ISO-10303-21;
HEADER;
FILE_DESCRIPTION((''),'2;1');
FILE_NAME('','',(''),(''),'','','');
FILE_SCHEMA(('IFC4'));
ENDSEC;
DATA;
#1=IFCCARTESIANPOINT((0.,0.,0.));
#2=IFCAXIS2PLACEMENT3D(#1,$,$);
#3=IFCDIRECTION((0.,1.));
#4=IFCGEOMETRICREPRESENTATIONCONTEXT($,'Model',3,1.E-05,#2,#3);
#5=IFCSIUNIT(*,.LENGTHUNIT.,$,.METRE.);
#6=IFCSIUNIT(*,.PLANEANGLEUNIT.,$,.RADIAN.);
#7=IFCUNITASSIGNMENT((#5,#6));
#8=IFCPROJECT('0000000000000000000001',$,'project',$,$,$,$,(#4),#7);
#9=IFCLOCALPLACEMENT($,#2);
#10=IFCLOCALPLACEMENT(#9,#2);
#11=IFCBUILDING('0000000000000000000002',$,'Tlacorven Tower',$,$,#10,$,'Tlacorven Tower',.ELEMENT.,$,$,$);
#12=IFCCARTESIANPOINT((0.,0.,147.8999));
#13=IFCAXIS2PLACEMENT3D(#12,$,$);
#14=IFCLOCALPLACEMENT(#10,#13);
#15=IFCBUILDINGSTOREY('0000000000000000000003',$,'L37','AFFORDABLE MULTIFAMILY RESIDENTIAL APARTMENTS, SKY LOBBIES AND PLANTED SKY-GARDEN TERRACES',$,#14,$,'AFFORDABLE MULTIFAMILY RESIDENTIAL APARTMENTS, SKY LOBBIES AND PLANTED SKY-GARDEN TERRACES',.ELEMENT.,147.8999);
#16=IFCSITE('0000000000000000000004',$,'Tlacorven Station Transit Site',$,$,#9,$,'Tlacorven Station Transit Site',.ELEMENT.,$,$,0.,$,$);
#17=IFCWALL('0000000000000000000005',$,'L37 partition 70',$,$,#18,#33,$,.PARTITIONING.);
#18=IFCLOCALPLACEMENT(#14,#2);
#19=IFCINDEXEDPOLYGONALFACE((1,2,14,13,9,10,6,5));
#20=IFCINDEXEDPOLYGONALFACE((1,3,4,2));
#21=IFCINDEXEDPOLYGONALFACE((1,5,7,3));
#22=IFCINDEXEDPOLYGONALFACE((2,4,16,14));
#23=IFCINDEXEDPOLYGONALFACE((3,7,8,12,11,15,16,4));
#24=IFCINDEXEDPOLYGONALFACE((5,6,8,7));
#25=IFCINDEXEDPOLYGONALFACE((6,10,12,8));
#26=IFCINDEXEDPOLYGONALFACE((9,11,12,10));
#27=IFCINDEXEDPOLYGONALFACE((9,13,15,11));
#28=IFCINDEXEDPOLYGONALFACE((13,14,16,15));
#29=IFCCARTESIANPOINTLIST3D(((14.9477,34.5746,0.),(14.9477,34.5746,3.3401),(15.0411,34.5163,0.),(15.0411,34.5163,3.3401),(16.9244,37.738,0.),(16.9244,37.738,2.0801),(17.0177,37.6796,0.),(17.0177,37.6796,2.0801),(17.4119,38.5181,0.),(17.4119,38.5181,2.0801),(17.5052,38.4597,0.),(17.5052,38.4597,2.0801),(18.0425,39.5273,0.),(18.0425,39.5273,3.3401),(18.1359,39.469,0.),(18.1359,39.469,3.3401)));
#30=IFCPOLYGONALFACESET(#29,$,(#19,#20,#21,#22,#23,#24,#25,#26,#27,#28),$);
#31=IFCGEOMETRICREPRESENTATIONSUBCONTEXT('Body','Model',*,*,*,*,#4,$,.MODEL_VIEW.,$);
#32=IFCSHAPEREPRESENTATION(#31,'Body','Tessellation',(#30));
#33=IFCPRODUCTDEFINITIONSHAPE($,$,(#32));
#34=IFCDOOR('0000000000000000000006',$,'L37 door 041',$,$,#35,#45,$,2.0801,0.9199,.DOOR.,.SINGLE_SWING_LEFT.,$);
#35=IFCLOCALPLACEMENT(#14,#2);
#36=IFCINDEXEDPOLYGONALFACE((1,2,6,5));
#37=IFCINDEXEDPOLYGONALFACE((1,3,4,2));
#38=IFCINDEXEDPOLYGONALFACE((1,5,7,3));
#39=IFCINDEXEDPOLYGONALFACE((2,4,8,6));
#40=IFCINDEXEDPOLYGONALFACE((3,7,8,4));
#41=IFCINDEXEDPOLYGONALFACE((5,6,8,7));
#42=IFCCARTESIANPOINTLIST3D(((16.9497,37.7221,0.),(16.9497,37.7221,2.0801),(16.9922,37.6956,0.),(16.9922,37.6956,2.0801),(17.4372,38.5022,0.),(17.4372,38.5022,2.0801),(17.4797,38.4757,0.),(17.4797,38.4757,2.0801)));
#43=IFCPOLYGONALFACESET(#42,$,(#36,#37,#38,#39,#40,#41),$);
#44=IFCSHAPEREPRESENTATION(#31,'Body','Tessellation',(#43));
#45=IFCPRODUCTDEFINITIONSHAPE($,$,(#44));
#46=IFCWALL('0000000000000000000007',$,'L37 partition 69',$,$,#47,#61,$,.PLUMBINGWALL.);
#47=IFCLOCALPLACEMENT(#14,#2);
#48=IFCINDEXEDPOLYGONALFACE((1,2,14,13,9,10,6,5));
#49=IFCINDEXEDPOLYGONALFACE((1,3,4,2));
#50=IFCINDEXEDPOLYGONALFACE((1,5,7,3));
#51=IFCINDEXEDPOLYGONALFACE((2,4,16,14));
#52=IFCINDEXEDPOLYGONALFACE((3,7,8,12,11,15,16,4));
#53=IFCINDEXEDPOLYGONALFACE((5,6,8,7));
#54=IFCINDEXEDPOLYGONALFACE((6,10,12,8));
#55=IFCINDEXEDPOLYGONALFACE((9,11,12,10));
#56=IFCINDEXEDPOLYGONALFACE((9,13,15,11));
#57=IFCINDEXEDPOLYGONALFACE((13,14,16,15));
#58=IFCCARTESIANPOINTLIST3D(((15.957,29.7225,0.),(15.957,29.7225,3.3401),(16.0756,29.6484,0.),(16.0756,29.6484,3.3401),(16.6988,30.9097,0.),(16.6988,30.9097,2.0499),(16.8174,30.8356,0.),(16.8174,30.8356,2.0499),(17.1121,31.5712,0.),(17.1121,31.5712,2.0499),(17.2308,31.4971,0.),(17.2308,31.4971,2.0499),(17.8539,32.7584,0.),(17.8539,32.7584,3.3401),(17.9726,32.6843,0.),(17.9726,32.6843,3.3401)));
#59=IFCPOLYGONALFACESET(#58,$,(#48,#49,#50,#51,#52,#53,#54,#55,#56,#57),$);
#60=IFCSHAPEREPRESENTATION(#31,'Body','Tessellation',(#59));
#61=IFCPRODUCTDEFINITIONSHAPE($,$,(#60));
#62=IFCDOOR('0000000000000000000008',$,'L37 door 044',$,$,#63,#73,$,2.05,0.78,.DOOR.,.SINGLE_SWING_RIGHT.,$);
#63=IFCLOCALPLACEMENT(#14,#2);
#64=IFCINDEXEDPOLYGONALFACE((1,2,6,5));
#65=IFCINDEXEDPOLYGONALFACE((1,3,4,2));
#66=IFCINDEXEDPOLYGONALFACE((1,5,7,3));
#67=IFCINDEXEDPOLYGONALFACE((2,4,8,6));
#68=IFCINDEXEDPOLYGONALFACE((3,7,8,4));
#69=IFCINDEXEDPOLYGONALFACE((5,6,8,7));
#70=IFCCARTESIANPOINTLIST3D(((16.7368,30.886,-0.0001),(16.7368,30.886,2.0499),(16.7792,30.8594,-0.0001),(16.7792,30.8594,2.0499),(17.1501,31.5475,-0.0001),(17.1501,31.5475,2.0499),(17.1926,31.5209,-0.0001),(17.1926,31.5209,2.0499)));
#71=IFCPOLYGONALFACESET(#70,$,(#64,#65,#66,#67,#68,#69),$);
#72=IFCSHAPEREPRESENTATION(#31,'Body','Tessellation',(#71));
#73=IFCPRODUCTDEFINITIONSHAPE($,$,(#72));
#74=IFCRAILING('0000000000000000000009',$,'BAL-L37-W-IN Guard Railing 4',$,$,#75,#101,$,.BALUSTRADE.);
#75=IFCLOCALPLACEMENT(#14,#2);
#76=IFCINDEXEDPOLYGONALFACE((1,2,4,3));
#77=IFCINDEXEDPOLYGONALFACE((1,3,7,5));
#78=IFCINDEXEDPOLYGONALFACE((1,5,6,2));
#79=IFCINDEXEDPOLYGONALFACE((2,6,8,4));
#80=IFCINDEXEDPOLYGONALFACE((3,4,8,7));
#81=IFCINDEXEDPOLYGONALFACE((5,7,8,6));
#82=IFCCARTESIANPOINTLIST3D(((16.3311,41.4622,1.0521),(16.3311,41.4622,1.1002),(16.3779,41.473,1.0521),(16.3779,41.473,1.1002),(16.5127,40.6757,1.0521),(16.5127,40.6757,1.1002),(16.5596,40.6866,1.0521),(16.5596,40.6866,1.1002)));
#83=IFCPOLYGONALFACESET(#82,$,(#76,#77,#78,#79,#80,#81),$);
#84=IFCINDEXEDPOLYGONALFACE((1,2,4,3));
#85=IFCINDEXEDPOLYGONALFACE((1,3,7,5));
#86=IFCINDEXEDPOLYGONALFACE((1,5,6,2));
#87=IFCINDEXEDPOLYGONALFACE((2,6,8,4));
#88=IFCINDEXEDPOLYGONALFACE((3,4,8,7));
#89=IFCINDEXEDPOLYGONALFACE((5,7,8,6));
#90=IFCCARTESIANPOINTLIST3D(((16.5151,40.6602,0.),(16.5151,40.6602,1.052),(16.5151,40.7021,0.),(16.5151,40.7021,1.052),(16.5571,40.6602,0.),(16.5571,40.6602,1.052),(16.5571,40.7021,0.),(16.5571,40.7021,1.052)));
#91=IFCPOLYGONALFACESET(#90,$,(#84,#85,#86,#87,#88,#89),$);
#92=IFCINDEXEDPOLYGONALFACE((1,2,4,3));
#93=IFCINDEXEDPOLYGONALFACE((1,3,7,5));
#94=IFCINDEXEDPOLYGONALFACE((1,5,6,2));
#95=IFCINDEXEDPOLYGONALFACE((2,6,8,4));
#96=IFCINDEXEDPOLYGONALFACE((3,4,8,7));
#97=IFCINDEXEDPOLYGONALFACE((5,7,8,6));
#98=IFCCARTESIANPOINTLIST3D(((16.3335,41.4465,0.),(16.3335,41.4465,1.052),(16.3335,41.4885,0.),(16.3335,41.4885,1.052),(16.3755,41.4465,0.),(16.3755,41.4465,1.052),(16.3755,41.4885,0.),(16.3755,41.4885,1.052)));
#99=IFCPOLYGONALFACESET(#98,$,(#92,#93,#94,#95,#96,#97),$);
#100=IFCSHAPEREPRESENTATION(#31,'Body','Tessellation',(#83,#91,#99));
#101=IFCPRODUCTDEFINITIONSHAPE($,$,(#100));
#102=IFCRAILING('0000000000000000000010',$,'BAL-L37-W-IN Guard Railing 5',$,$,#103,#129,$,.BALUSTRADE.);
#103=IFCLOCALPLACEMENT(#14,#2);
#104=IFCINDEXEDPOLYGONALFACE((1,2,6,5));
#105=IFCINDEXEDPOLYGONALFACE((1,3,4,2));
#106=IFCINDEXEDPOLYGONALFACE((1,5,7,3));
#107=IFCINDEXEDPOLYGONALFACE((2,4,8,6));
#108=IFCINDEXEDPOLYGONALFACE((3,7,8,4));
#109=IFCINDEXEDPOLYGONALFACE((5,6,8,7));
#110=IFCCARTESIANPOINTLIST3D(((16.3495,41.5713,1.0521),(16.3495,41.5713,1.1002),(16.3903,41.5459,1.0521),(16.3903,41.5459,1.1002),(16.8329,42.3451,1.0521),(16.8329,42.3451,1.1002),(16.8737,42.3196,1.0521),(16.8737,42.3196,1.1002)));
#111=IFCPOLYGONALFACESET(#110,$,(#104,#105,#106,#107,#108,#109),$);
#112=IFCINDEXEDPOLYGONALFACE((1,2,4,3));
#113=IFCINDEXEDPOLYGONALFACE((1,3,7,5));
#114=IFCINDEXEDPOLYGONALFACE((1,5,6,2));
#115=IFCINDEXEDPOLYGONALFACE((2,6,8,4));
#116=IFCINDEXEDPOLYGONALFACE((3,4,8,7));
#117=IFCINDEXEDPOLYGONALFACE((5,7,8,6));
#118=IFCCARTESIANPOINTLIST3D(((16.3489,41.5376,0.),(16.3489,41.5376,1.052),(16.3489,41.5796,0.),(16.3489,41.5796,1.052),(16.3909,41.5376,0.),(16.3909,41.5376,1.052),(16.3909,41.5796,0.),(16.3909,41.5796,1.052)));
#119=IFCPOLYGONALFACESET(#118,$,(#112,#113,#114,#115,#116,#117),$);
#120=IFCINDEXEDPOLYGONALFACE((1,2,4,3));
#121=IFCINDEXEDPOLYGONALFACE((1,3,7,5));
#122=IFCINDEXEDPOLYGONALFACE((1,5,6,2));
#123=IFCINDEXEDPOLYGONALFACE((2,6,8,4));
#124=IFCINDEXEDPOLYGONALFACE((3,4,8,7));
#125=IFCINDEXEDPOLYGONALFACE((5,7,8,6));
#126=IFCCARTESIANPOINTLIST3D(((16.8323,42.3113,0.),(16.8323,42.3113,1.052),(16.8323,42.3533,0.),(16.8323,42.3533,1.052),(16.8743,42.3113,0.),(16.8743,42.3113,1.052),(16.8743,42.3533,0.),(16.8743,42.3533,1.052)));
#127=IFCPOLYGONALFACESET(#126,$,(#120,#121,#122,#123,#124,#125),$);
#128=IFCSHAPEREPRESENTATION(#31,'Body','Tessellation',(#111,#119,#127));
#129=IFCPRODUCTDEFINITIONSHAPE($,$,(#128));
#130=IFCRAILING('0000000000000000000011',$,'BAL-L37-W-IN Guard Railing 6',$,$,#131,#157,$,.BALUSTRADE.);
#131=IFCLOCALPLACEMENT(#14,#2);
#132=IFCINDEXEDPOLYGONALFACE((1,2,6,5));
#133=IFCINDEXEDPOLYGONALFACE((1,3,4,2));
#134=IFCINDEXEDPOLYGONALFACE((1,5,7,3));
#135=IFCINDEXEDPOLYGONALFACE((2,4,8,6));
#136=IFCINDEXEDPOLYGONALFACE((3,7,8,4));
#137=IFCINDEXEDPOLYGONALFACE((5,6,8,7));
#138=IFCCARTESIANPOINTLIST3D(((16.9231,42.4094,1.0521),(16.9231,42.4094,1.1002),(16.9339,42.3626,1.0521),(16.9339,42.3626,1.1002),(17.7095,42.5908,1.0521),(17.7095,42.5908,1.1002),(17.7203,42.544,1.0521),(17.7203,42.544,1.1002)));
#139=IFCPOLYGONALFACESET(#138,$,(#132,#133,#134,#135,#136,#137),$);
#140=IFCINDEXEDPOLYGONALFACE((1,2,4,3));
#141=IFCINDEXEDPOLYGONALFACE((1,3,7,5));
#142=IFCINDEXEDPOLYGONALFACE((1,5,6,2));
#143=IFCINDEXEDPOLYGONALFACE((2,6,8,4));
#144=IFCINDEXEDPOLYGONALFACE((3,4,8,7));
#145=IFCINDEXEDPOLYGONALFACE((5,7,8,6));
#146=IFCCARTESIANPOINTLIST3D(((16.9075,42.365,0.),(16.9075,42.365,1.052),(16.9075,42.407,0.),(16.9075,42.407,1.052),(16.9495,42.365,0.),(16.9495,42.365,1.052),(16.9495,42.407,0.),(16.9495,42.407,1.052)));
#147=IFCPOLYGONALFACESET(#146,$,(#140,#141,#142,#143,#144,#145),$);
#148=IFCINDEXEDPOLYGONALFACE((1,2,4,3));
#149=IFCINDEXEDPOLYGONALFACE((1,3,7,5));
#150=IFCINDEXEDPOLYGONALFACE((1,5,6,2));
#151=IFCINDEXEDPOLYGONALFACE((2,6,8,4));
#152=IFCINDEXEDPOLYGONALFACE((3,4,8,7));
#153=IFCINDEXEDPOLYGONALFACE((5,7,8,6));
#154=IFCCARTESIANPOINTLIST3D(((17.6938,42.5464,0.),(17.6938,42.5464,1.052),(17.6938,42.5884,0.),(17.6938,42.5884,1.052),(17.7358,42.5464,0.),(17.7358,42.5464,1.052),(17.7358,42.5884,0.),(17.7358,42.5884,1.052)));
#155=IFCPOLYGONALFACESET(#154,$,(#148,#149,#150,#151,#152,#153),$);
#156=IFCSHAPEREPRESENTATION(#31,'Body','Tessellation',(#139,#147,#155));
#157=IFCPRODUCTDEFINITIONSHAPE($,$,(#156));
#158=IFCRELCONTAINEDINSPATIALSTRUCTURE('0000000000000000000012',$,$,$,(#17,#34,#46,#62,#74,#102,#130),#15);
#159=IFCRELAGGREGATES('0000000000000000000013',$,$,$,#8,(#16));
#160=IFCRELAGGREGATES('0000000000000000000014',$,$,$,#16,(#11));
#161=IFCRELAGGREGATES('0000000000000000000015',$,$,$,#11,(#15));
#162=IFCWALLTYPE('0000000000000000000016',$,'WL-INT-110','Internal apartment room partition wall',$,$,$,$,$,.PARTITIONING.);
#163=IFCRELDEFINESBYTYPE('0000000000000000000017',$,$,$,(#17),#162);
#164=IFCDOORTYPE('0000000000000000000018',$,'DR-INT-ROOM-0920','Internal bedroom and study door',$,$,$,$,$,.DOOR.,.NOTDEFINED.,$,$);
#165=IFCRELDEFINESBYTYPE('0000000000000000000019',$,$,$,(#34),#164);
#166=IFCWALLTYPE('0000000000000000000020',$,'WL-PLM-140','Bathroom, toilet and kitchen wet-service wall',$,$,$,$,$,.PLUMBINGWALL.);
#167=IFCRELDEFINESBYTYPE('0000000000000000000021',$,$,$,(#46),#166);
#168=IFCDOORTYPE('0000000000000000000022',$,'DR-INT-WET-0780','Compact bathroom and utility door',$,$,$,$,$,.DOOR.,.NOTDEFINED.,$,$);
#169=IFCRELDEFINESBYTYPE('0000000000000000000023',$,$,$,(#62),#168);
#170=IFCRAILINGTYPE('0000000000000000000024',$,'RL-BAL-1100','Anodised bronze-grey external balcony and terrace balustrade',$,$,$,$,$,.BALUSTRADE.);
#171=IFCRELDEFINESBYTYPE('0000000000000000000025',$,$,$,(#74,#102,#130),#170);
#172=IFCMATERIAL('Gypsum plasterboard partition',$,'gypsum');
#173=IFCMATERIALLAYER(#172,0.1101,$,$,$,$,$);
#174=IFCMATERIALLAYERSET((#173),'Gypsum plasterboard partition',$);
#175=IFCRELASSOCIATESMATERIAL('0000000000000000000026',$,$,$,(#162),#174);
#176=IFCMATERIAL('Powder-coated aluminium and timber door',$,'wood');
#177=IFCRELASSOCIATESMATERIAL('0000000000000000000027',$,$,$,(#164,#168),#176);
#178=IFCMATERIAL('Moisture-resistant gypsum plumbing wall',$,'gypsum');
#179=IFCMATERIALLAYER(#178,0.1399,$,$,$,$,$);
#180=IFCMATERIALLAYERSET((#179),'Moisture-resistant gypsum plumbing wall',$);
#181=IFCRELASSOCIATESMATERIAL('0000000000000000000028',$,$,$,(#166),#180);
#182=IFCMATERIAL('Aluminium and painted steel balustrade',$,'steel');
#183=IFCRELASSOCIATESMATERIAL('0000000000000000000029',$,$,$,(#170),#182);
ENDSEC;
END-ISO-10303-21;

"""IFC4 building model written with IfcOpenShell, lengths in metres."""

from ifc_helpers import new_model, si_unit, direction, frame, frame_2d, origin, origin_2d, place, context, subcontext, project, spatial, rectangle, extrude, source, transform, mapped, material, layer, layer_set, type_object, element, fill, save


model = new_model("IFC4")

# Units and contexts
model_context = context("Model", 3, precision=1e-05, world=origin(), true_north=direction((0.0, 1.0)))
body_context = subcontext(model_context, "Body", "Model", "MODEL_VIEW")
ifc_project = project(units=[si_unit("LENGTHUNIT", "METRE"), si_unit("PLANEANGLEUNIT", "RADIAN")], contexts=[model_context])

# Site, building, storey
site_placement = place(None, origin())
site = spatial("IfcSite", under=ifc_project, at=site_placement, Name="Tlacorven Station Transit Site", LongName="Tlacorven Station Transit Site", CompositionType="ELEMENT", RefElevation=0.0)
building_placement = place(site_placement, origin())
building = spatial("IfcBuilding", under=site, at=building_placement, Name="Tlacorven Tower", LongName="Tlacorven Tower", CompositionType="ELEMENT")
storey_placement = place(building_placement, frame((0.0, 0.0, 147.8999)))
storey = spatial("IfcBuildingStorey", under=building, at=storey_placement, Name="L37", Description="AFFORDABLE MULTIFAMILY RESIDENTIAL APARTMENTS, SKY LOBBIES AND PLANTED SKY-GARDEN TERRACES", LongName="AFFORDABLE MULTIFAMILY RESIDENTIAL APARTMENTS, SKY LOBBIES AND PLANTED SKY-GARDEN TERRACES", CompositionType="ELEMENT", Elevation=147.8999)

# Shared definitions
ifc_material_1 = material(Name="Powder-coated aluminium and timber door", Category="wood")

# Walls, openings, doors
ifc_material_2 = material(Name="Gypsum plasterboard partition", Category="gypsum")
ifc_layer_1 = layer(ifc_material_2, 0.1101)
ifc_layer_set_1 = layer_set([ifc_layer_1], Name="Gypsum plasterboard partition")
wall_type_1 = type_object("IfcWallType", Name="WL-INT-110", Description="Internal apartment room partition wall", PredefinedType="PARTITIONING", material=ifc_layer_set_1)
wall_1_placement = place(storey_placement, frame((18.0891, 39.498, 0.0), z_axis=(0.0, 0.0, 1.0), x_axis=(-0.529916, -0.84805, 0.0)))
wall_1 = element("IfcWall", 1, at=wall_1_placement, inside=storey, type_object=wall_type_1, Name="L37 partition 70", PredefinedType="PARTITIONING", context=body_context, shape_type="SweptSolid", body=[
    extrude(rectangle(XDim=5.8401, YDim=0.1101, at=frame_2d((2.9199, 0.0))), origin(), (0.0, 0.0, 1.0), 3.3401),
])
opening_1_placement = place(wall_1_placement, frame((1.1899, 0.0, 0.0)))
opening_1 = element("IfcOpeningElement", 2, at=opening_1_placement, cuts=wall_1, PredefinedType="OPENING", context=body_context, shape_type="SweptSolid", body=[
    extrude(rectangle(XDim=0.9199, YDim=2.0801, at=frame_2d((0.46, 1.04))), frame((0.0, 0.0649, 0.0), z_axis=(0.0, -1.0, 0.0), x_axis=(1.0, 0.0, 0.0)), (0.0, 0.0, 1.0), 0.1301),
])
door_type_1 = type_object("IfcDoorType", Name="DR-INT-ROOM-0920", Description="Internal bedroom and study door", OperationType="NOTDEFINED", PredefinedType="DOOR", material=ifc_material_1)
shared_shape_1 = source(origin(), body_context, "Body", "SweptSolid", [
    extrude(rectangle(XDim=0.9199, YDim=2.0801, at=frame_2d((0.46, 1.04))), frame((0.0, 0.0249, 0.0), z_axis=(0.0, -1.0, 0.0), x_axis=(1.0, 0.0, 0.0)), (0.0, 0.0, 1.0), 0.05),
])
door_1_placement = place(opening_1_placement, origin())
door_1 = element("IfcDoor", 3, at=door_1_placement, inside=storey, type_object=door_type_1, Name="L37 door 041", OperationType="SINGLE_SWING_LEFT", OverallHeight=2.0801, OverallWidth=0.9199, PredefinedType="DOOR", context=body_context, shape_type="MappedRepresentation", body=[
    mapped(shared_shape_1, transform((0.0, 0.0, 0.0), scale=1.0)),
])
fill(opening_1, door_1)
ifc_material_3 = material(Name="Moisture-resistant gypsum plumbing wall", Category="gypsum")
ifc_layer_2 = layer(ifc_material_3, 0.1399)
ifc_layer_set_2 = layer_set([ifc_layer_2], Name="Moisture-resistant gypsum plumbing wall")
wall_type_2 = type_object("IfcWallType", Name="WL-PLM-140", Description="Bathroom, toilet and kitchen wet-service wall", PredefinedType="PLUMBINGWALL", material=ifc_layer_set_2)
wall_2_placement = place(storey_placement, frame((17.9133, 32.7214, 0.0), z_axis=(0.0, 0.0, 1.0), x_axis=(-0.529907, -0.848056, 0.0)))
wall_2 = element("IfcWall", 4, at=wall_2_placement, inside=storey, type_object=wall_type_2, Name="L37 partition 69", PredefinedType="PLUMBINGWALL", context=body_context, shape_type="SweptSolid", body=[
    extrude(rectangle(XDim=3.5798, YDim=0.1399, at=frame_2d((1.79, 0.0))), origin(), (0.0, 0.0, 1.0), 3.3401),
])
opening_2_placement = place(wall_2_placement, frame((1.3999, 0.0, 0.0)))
opening_2 = element("IfcOpeningElement", 5, at=opening_2_placement, cuts=wall_2, PredefinedType="OPENING", context=body_context, shape_type="SweptSolid", body=[
    extrude(rectangle(XDim=0.78, YDim=2.05, at=frame_2d((0.3901, 1.0249))), frame((0.0, 0.0801, 0.0), z_axis=(0.0, -1.0, 0.0), x_axis=(1.0, 0.0, 0.0)), (0.0, 0.0, 1.0), 0.1599),
])
door_type_2 = type_object("IfcDoorType", Name="DR-INT-WET-0780", Description="Compact bathroom and utility door", OperationType="NOTDEFINED", PredefinedType="DOOR", material=ifc_material_1)
shared_shape_2 = source(origin(), body_context, "Body", "SweptSolid", [
    extrude(rectangle(XDim=0.78, YDim=2.05, at=frame_2d((0.3901, 1.0249))), frame((0.0, 0.0249, 0.0), z_axis=(0.0, -1.0, 0.0), x_axis=(1.0, 0.0, 0.0)), (0.0, 0.0, 1.0), 0.05),
])
door_2_placement = place(opening_2_placement, origin())
door_2 = element("IfcDoor", 6, at=door_2_placement, inside=storey, type_object=door_type_2, Name="L37 door 044", OperationType="SINGLE_SWING_RIGHT", OverallHeight=2.05, OverallWidth=0.78, PredefinedType="DOOR", context=body_context, shape_type="MappedRepresentation", body=[
    mapped(shared_shape_2, transform((0.0, 0.0, 0.0), scale=1.0)),
])
fill(opening_2, door_2)

# Railings
ifc_material_4 = material(Name="Aluminium and painted steel balustrade", Category="steel")
railing_type = type_object("IfcRailingType", Name="RL-BAL-1100", Description="Anodised bronze-grey external balcony and terrace balustrade", PredefinedType="BALUSTRADE", material=ifc_material_4)
shared_shape_3 = source(origin(), body_context, "Body", "SweptSolid", [
    extrude(rectangle(XDim=0.0481, YDim=0.0481, at=origin_2d()), frame((0.0, 0.0, 1.0762), z_axis=(-0.225058, 0.974345, 0.0), x_axis=(-0.974345, -0.225058, 0.0)), (0.0, 0.0, 1.0), 0.8071),
    extrude(rectangle(XDim=0.042, YDim=0.042, at=origin_2d()), origin(), (0.0, 0.0, 1.0), 1.052),
    extrude(rectangle(XDim=0.042, YDim=0.042, at=origin_2d()), frame((-0.1816, 0.7864, 0.0)), (0.0, 0.0, 1.0), 1.052),
])
railing_1_placement = place(storey_placement, frame((16.5361, 40.6812, 0.0)))
element("IfcRailing", 7, at=railing_1_placement, inside=storey, type_object=railing_type, Name="BAL-L37-W-IN Guard Railing 4", PredefinedType="BALUSTRADE", context=body_context, shape_type="MappedRepresentation", body=[
    mapped(shared_shape_3, transform((0.0, 0.0, 0.0), scale=1.0)),
])
shared_shape_4 = source(origin(), body_context, "Body", "SweptSolid", [
    extrude(rectangle(XDim=0.0481, YDim=0.0481, at=origin_2d()), frame((0.0, 0.0, 1.0762), z_axis=(0.529879, 0.848073, 0.0), x_axis=(-0.848073, 0.529879, 0.0)), (0.0, 0.0, 1.0), 0.9124),
    extrude(rectangle(XDim=0.042, YDim=0.042, at=origin_2d()), origin(), (0.0, 0.0, 1.0), 1.052),
    extrude(rectangle(XDim=0.042, YDim=0.042, at=origin_2d()), frame((0.4834, 0.7737, 0.0)), (0.0, 0.0, 1.0), 1.052),
])
railing_2_placement = place(storey_placement, frame((16.3699, 41.5586, 0.0)))
element("IfcRailing", 8, at=railing_2_placement, inside=storey, type_object=railing_type, Name="BAL-L37-W-IN Guard Railing 5", PredefinedType="BALUSTRADE", context=body_context, shape_type="MappedRepresentation", body=[
    mapped(shared_shape_4, transform((0.0, 0.0, 0.0), scale=1.0)),
])
shared_shape_5 = source(origin(), body_context, "Body", "SweptSolid", [
    extrude(rectangle(XDim=0.0481, YDim=0.0481, at=origin_2d()), frame((0.0, 0.0, 1.0762), z_axis=(0.974412, 0.224771, 0.0), x_axis=(-0.224771, 0.974412, 0.0)), (0.0, 0.0, 1.0), 0.8071),
    extrude(rectangle(XDim=0.042, YDim=0.042, at=origin_2d()), origin(), (0.0, 0.0, 1.0), 1.052),
    extrude(rectangle(XDim=0.042, YDim=0.042, at=origin_2d()), frame((0.7864, 0.1814, 0.0)), (0.0, 0.0, 1.0), 1.052),
])
railing_3_placement = place(storey_placement, frame((16.9285, 42.386, 0.0)))
element("IfcRailing", 9, at=railing_3_placement, inside=storey, type_object=railing_type, Name="BAL-L37-W-IN Guard Railing 6", PredefinedType="BALUSTRADE", context=body_context, shape_type="MappedRepresentation", body=[
    mapped(shared_shape_5, transform((0.0, 0.0, 0.0), scale=1.0)),
])

save(model, "model.ifc")
